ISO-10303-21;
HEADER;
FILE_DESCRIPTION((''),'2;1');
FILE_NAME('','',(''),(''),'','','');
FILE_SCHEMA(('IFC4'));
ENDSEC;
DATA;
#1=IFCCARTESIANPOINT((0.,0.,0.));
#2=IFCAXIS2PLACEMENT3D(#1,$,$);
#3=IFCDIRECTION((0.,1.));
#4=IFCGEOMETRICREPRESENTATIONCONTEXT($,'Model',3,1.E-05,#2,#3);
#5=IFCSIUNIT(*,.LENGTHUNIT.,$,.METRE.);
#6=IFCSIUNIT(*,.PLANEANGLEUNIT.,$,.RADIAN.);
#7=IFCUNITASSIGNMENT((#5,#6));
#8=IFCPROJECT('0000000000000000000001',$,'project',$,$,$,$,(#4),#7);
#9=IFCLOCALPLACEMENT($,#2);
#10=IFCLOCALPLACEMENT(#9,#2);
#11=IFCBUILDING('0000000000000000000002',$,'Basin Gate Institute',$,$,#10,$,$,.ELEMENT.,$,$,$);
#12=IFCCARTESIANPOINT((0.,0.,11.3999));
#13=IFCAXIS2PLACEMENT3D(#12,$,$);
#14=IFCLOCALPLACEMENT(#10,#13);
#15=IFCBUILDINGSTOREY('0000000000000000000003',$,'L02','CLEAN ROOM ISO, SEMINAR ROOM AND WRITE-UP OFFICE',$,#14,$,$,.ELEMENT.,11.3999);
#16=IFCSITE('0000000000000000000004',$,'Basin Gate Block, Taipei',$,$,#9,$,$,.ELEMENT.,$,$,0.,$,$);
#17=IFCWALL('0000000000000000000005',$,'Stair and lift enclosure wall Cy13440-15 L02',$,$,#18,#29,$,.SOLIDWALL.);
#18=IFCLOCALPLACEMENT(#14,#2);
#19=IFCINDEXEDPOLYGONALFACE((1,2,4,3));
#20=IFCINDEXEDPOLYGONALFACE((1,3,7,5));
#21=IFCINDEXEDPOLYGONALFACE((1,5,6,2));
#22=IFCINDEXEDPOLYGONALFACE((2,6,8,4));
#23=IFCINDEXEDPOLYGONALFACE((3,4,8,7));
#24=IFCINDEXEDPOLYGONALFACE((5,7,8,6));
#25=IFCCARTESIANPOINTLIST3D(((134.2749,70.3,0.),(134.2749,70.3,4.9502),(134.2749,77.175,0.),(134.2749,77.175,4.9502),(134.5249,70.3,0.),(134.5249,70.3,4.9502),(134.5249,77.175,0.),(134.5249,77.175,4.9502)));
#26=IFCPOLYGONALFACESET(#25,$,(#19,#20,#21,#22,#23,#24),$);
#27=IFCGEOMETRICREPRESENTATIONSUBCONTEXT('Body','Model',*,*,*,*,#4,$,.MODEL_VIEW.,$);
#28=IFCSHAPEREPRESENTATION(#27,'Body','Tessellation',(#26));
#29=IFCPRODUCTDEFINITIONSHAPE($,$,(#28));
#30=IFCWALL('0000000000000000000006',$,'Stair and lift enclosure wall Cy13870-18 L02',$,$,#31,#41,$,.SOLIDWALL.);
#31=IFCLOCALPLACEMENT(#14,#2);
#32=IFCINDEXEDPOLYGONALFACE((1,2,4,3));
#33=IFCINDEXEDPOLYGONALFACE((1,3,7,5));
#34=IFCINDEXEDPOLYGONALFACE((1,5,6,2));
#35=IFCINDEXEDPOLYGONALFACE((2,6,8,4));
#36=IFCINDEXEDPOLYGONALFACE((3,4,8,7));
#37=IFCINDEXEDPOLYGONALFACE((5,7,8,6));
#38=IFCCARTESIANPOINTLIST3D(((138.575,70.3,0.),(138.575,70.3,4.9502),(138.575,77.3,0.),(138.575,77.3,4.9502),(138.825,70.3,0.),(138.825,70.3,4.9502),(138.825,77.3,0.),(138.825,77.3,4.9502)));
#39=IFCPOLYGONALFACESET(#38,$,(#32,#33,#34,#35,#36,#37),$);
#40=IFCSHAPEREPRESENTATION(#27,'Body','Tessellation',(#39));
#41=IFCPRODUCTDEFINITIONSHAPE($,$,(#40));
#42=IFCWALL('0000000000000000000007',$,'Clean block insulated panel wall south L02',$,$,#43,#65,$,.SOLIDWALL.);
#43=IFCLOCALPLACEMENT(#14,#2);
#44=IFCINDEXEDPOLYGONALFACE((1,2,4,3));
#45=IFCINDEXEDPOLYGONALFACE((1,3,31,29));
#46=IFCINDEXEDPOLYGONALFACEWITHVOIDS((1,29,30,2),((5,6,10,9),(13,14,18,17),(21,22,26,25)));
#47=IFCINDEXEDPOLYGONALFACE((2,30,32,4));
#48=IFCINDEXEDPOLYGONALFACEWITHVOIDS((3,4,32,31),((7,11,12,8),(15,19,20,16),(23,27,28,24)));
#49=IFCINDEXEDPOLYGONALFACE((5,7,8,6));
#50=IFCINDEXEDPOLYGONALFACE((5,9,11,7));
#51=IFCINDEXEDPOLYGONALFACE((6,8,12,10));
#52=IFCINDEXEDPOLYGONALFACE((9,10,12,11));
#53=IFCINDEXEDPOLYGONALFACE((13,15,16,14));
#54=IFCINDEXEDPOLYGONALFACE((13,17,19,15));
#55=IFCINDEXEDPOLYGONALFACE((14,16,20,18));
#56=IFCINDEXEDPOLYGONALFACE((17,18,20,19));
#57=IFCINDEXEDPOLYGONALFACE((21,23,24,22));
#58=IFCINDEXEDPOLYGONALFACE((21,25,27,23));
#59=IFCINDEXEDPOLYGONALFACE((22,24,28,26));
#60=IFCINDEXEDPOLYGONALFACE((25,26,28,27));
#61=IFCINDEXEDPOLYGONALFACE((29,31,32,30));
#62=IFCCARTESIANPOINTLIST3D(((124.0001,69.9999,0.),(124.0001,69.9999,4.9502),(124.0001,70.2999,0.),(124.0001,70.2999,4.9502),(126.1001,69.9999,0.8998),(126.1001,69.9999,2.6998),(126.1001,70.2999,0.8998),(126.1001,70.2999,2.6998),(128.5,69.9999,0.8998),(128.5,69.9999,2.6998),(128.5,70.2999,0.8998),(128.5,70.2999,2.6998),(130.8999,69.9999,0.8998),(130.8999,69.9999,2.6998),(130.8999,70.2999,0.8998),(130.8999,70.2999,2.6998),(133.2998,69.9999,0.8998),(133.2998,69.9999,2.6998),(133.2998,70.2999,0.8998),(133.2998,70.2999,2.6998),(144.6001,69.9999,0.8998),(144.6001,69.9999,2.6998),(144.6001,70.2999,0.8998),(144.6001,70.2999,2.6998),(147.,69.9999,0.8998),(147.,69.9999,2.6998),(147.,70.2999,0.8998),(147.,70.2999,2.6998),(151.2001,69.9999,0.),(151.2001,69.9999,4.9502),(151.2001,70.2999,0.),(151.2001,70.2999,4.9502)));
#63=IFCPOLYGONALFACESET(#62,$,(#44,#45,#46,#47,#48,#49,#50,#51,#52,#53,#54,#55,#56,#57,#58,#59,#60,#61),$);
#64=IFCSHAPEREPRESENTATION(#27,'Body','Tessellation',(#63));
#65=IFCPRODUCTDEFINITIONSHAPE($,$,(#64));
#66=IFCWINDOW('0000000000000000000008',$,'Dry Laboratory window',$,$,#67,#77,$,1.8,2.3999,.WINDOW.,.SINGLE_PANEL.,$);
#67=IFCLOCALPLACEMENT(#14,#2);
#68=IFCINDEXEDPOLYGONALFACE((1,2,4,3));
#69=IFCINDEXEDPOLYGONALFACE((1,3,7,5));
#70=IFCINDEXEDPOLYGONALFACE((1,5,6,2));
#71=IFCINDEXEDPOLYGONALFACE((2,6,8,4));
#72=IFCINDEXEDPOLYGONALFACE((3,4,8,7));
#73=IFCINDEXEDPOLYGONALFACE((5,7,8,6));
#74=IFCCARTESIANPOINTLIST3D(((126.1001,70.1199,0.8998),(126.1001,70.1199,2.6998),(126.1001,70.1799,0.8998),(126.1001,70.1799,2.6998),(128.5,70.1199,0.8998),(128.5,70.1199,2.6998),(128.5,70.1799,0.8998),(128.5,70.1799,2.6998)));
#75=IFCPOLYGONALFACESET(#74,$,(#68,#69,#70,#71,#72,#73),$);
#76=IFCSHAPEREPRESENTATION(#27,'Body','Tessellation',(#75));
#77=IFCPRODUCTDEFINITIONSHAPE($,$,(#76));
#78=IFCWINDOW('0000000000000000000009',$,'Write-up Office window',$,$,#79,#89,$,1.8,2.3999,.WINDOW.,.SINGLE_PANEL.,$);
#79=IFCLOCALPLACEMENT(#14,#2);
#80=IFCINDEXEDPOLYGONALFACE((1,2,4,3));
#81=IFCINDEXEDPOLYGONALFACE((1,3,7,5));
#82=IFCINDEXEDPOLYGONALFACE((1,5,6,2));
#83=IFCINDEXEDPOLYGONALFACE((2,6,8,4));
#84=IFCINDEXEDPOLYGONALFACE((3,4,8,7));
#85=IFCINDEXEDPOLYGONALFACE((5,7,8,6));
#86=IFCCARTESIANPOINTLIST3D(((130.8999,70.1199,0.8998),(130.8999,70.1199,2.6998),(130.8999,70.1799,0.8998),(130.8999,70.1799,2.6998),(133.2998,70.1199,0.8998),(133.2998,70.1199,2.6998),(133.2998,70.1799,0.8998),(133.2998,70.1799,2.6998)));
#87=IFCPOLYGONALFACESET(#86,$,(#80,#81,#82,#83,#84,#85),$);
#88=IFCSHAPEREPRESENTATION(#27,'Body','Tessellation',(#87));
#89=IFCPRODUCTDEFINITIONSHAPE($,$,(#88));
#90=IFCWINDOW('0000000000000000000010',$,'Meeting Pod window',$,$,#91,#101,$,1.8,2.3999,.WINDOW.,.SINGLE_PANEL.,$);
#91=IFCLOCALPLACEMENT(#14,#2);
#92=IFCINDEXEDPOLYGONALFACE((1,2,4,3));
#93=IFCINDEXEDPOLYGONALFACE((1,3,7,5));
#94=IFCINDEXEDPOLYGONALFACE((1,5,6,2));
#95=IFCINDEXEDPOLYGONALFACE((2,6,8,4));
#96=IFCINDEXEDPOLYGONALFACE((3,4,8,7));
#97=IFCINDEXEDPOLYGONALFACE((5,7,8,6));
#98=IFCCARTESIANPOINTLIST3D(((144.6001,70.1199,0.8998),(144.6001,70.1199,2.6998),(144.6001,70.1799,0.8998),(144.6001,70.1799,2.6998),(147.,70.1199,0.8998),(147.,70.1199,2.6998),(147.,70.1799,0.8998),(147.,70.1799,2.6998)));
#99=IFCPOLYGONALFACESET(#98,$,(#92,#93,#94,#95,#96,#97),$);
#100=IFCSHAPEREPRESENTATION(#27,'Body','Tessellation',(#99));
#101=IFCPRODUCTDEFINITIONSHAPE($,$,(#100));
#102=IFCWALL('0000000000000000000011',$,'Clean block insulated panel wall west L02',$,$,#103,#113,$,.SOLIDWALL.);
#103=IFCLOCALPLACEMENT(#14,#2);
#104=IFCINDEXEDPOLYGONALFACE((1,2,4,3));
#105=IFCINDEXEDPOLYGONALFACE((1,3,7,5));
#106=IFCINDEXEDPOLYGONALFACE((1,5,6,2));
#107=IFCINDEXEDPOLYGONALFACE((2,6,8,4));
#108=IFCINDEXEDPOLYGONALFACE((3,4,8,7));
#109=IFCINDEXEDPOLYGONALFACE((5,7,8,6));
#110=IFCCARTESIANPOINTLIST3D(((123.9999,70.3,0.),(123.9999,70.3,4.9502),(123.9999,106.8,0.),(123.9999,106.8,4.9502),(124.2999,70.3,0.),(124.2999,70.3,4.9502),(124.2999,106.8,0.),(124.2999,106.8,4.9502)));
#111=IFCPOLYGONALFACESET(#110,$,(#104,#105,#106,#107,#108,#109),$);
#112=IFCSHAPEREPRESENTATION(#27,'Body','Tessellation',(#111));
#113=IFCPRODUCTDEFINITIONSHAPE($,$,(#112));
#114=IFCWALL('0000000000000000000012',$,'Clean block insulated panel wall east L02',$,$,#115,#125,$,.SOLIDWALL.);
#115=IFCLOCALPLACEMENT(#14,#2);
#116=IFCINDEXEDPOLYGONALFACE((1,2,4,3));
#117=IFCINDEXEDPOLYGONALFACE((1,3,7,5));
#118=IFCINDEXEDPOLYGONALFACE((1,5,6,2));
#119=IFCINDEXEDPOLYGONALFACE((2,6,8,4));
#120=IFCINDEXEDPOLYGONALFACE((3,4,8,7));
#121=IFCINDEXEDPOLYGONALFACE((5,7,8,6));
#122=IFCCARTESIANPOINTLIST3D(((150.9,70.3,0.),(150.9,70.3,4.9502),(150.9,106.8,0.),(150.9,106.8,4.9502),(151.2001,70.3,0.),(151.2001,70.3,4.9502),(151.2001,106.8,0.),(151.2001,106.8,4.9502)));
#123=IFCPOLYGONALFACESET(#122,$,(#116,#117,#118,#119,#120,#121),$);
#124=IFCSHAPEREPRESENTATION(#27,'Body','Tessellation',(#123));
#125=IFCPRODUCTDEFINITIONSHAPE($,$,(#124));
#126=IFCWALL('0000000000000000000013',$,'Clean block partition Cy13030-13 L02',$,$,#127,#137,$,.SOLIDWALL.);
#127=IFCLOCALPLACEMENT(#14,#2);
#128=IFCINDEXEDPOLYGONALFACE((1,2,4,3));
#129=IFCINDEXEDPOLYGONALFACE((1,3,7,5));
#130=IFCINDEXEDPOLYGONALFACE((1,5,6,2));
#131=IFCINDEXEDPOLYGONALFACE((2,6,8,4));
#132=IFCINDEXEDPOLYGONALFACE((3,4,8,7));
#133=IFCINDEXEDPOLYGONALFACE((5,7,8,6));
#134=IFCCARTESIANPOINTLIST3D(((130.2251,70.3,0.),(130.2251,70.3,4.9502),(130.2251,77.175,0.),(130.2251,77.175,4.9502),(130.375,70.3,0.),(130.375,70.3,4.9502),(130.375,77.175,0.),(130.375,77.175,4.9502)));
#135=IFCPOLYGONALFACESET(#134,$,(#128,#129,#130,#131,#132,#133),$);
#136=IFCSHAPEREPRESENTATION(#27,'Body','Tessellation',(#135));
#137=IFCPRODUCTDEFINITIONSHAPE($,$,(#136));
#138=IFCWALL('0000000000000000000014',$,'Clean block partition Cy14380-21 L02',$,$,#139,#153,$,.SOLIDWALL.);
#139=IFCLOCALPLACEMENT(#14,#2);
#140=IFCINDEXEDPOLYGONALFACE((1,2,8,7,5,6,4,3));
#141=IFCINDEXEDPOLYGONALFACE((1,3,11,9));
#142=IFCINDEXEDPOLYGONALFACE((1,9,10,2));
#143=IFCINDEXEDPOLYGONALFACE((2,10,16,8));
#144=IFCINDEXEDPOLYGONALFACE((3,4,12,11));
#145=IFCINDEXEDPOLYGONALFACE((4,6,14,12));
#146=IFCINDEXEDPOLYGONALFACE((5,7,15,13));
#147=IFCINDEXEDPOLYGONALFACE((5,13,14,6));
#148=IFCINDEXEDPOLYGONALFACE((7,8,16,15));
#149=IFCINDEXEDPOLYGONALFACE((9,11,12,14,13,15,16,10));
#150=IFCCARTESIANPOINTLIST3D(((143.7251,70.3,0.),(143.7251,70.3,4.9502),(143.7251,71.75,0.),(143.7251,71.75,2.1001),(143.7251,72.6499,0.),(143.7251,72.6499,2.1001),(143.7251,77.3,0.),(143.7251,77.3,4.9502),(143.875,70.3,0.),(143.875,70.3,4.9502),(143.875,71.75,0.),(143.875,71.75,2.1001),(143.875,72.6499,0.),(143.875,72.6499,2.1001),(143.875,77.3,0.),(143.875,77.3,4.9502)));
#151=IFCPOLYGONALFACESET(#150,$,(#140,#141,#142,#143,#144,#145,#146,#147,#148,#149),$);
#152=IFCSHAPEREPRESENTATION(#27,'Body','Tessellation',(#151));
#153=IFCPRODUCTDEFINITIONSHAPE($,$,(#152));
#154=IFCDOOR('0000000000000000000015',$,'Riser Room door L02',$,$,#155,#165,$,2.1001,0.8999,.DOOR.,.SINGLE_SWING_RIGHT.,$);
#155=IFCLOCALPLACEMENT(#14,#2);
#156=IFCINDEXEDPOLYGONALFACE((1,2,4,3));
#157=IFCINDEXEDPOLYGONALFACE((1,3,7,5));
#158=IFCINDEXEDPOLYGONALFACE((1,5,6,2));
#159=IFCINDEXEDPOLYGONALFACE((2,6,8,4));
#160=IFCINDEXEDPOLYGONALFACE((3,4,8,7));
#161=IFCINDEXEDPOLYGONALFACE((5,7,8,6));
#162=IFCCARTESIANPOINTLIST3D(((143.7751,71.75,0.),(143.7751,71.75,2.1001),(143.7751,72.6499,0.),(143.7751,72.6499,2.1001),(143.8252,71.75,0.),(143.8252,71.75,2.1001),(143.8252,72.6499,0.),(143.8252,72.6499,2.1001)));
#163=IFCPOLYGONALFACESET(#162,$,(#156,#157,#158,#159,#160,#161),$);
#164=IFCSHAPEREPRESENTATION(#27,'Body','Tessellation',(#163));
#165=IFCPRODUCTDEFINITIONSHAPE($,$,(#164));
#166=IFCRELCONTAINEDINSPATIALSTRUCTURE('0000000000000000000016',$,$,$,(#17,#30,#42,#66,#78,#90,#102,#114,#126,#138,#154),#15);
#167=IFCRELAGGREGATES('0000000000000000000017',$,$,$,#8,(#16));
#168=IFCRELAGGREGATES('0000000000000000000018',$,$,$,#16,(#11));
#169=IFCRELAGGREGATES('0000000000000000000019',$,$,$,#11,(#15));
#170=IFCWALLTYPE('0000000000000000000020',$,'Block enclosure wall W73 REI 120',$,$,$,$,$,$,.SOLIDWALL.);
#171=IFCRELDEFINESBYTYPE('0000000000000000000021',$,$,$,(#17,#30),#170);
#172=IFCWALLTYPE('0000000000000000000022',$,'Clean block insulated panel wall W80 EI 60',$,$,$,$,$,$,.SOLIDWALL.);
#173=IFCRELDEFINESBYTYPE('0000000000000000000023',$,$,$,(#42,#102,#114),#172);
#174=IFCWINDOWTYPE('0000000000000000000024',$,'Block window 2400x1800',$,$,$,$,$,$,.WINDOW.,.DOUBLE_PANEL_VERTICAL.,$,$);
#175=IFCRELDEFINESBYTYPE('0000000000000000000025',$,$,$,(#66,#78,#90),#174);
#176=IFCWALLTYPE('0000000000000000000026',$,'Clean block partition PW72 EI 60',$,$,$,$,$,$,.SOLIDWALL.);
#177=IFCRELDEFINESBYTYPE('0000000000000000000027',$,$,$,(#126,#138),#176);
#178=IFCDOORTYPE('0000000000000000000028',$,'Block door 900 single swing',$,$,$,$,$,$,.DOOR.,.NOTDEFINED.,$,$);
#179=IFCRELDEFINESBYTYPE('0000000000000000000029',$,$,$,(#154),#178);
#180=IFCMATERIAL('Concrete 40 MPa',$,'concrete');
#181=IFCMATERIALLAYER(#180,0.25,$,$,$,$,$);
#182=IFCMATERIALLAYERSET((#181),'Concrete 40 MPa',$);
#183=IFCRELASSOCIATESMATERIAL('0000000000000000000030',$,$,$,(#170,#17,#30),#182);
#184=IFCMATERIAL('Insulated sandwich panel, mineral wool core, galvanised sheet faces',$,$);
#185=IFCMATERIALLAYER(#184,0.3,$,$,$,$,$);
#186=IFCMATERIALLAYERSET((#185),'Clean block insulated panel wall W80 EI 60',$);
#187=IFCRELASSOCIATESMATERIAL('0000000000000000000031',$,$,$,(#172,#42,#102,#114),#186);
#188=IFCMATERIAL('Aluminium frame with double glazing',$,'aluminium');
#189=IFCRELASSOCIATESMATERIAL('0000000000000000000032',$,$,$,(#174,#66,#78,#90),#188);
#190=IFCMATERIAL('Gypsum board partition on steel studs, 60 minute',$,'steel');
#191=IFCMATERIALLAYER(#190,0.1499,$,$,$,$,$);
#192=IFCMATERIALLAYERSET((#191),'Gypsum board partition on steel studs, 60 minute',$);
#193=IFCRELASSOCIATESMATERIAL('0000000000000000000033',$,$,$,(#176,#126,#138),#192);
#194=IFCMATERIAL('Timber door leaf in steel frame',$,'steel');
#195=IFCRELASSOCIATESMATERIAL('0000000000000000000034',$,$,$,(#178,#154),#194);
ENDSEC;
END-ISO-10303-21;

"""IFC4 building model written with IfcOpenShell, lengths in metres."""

from ifc_helpers import new_model, si_unit, direction, frame, frame_2d, origin, place, context, subcontext, project, spatial, rectangle, extrude, material, layer, layer_set, type_object, element, fill, save


model = new_model("IFC4")

# Units and contexts
model_context = context("Model", 3, precision=1e-05, world=origin(), true_north=direction((0.0, 1.0)))
body_context = subcontext(model_context, "Body", "Model", "MODEL_VIEW")
ifc_project = project(units=[si_unit("LENGTHUNIT", "METRE"), si_unit("PLANEANGLEUNIT", "RADIAN")], contexts=[model_context])

# Site, building, storey
site_placement = place(None, origin())
site = spatial("IfcSite", under=ifc_project, at=site_placement, Name="Basin Gate Block, Taipei", CompositionType="ELEMENT", RefElevation=0.0)
building_placement = place(site_placement, origin())
building = spatial("IfcBuilding", under=site, at=building_placement, Name="Basin Gate Institute", CompositionType="ELEMENT")
storey_placement = place(building_placement, frame((0.0, 0.0, 11.3999)))
storey = spatial("IfcBuildingStorey", under=building, at=storey_placement, Name="L02", Description="CLEAN ROOM ISO, SEMINAR ROOM AND WRITE-UP OFFICE", CompositionType="ELEMENT", Elevation=11.3999)

# Walls
ifc_material_1 = material(Name="Concrete 40 MPa", Category="concrete")
ifc_layer_1 = layer(ifc_material_1, 0.25)
ifc_layer_set_1 = layer_set([ifc_layer_1], Name="Concrete 40 MPa")
wall_type_1 = type_object("IfcWallType", Name="Block enclosure wall W73 REI 120", PredefinedType="SOLIDWALL", material=ifc_layer_set_1)
wall_1_placement = place(storey_placement, frame((134.3999, 70.3, 0.0), z_axis=(0.0, 0.0, 1.0), x_axis=(0.0, 1.0, 0.0)))
element("IfcWall", 1, at=wall_1_placement, inside=storey, type_object=wall_type_1, material=ifc_layer_set_1, Name="Stair and lift enclosure wall Cy13440-15 L02", PredefinedType="SOLIDWALL", context=body_context, shape_type="SweptSolid", body=[
    extrude(rectangle(XDim=6.875, YDim=0.25, at=frame_2d((3.4375, 0.0))), origin(), (0.0, 0.0, 1.0), 4.9502),
])
wall_2_placement = place(storey_placement, frame((138.7, 70.3, 0.0), z_axis=(0.0, 0.0, 1.0), x_axis=(0.0, 1.0, 0.0)))
element("IfcWall", 2, at=wall_2_placement, inside=storey, type_object=wall_type_1, material=ifc_layer_set_1, Name="Stair and lift enclosure wall Cy13870-18 L02", PredefinedType="SOLIDWALL", context=body_context, shape_type="SweptSolid", body=[
    extrude(rectangle(XDim=7.0, YDim=0.25, at=frame_2d((3.5, 0.0))), origin(), (0.0, 0.0, 1.0), 4.9502),
])

# Wall, openings, windows
ifc_material_2 = material(Name="Insulated sandwich panel, mineral wool core, galvanised sheet faces")
ifc_layer_2 = layer(ifc_material_2, 0.3)
ifc_layer_set_2 = layer_set([ifc_layer_2], Name="Clean block insulated panel wall W80 EI 60")
wall_type_2 = type_object("IfcWallType", Name="Clean block insulated panel wall W80 EI 60", PredefinedType="SOLIDWALL", material=ifc_layer_set_2)
wall_3_placement = place(storey_placement, frame((124.0, 70.1499, 0.0), z_axis=(0.0, 0.0, 1.0), x_axis=(1.0, 0.0, 0.0)))
wall_3 = element("IfcWall", 3, at=wall_3_placement, inside=storey, type_object=wall_type_2, material=ifc_layer_set_2, Name="Clean block insulated panel wall south L02", PredefinedType="SOLIDWALL", context=body_context, shape_type="SweptSolid", body=[
    extrude(rectangle(XDim=27.2, YDim=0.3, at=frame_2d((13.6001, 0.0))), origin(), (0.0, 0.0, 1.0), 4.9502),
])
opening_1_placement = place(wall_3_placement, frame((2.1001, 0.0, 0.8999)))
opening_1 = element("IfcOpeningElement", 4, at=opening_1_placement, cuts=wall_3, PredefinedType="OPENING", context=body_context, shape_type="SweptSolid", body=[
    extrude(rectangle(XDim=2.3999, YDim=1.8, at=frame_2d((1.2, 0.8999))), frame((0.0, 0.1602, 0.0), z_axis=(0.0, -1.0, 0.0), x_axis=(1.0, 0.0, 0.0)), (0.0, 0.0, 1.0), 0.3201),
])
opening_2_placement = place(wall_3_placement, frame((6.8999, 0.0, 0.8999)))
opening_2 = element("IfcOpeningElement", 5, at=opening_2_placement, cuts=wall_3, PredefinedType="OPENING", context=body_context, shape_type="SweptSolid", body=[
    extrude(rectangle(XDim=2.3999, YDim=1.8, at=frame_2d((1.2, 0.8999))), frame((0.0, 0.1602, 0.0), z_axis=(0.0, -1.0, 0.0), x_axis=(1.0, 0.0, 0.0)), (0.0, 0.0, 1.0), 0.3201),
])
opening_3_placement = place(wall_3_placement, frame((20.6001, 0.0, 0.8999)))
opening_3 = element("IfcOpeningElement", 6, at=opening_3_placement, cuts=wall_3, PredefinedType="OPENING", context=body_context, shape_type="SweptSolid", body=[
    extrude(rectangle(XDim=2.3999, YDim=1.8, at=frame_2d((1.2, 0.8999))), frame((0.0, 0.1602, 0.0), z_axis=(0.0, -1.0, 0.0), x_axis=(1.0, 0.0, 0.0)), (0.0, 0.0, 1.0), 0.3201),
])
ifc_material_3 = material(Name="Aluminium frame with double glazing", Category="aluminium")
window_type = type_object("IfcWindowType", Name="Block window 2400x1800", PartitioningType="DOUBLE_PANEL_VERTICAL", PredefinedType="WINDOW", material=ifc_material_3)
window_1_placement = place(opening_1_placement, origin())
window_1 = element("IfcWindow", 7, at=window_1_placement, inside=storey, type_object=window_type, material=ifc_material_3, Name="Dry Laboratory window", OverallHeight=1.8, OverallWidth=2.3999, PartitioningType="SINGLE_PANEL", PredefinedType="WINDOW", context=body_context, shape_type="SweptSolid", body=[
    extrude(rectangle(XDim=2.3999, YDim=1.8, at=frame_2d((1.2, 0.8999))), frame((0.0, 0.03, 0.0), z_axis=(0.0, -1.0, 0.0), x_axis=(1.0, 0.0, 0.0)), (0.0, 0.0, 1.0), 0.0601),
])
fill(opening_1, window_1)
window_2_placement = place(opening_2_placement, origin())
window_2 = element("IfcWindow", 8, at=window_2_placement, inside=storey, type_object=window_type, material=ifc_material_3, Name="Write-up Office window", OverallHeight=1.8, OverallWidth=2.3999, PartitioningType="SINGLE_PANEL", PredefinedType="WINDOW", context=body_context, shape_type="SweptSolid", body=[
    extrude(rectangle(XDim=2.3999, YDim=1.8, at=frame_2d((1.2, 0.8999))), frame((0.0, 0.03, 0.0), z_axis=(0.0, -1.0, 0.0), x_axis=(1.0, 0.0, 0.0)), (0.0, 0.0, 1.0), 0.0601),
])
fill(opening_2, window_2)
window_3_placement = place(opening_3_placement, origin())
window_3 = element("IfcWindow", 9, at=window_3_placement, inside=storey, type_object=window_type, material=ifc_material_3, Name="Meeting Pod window", OverallHeight=1.8, OverallWidth=2.3999, PartitioningType="SINGLE_PANEL", PredefinedType="WINDOW", context=body_context, shape_type="SweptSolid", body=[
    extrude(rectangle(XDim=2.3999, YDim=1.8, at=frame_2d((1.2, 0.8999))), frame((0.0, 0.03, 0.0), z_axis=(0.0, -1.0, 0.0), x_axis=(1.0, 0.0, 0.0)), (0.0, 0.0, 1.0), 0.0601),
])
fill(opening_3, window_3)

# Walls
for number, where, z_axis, x_axis, name in (
    (10, (124.1499, 70.3, 0.0), (0.0, 0.0, 1.0), (0.0, 1.0, 0.0), "Clean block insulated panel wall west L02"),
    (11, (151.05, 70.3, 0.0), (0.0, 0.0, 1.0), (0.0, 1.0, 0.0), "Clean block insulated panel wall east L02"),
):
    element("IfcWall", number, at=place(storey_placement, frame(where, z_axis=z_axis, x_axis=x_axis)), inside=storey, type_object=wall_type_2, material=ifc_layer_set_2, Name=name, PredefinedType="SOLIDWALL", context=body_context, shape_type="SweptSolid", body=[
        extrude(rectangle(XDim=36.5, YDim=0.3, at=frame_2d((18.25, 0.0))), origin(), (0.0, 0.0, 1.0), 4.9502),
    ])
ifc_material_4 = material(Name="Gypsum board partition on steel studs, 60 minute", Category="steel")
ifc_layer_3 = layer(ifc_material_4, 0.1499)
ifc_layer_set_3 = layer_set([ifc_layer_3], Name="Gypsum board partition on steel studs, 60 minute")
wall_type_3 = type_object("IfcWallType", Name="Clean block partition PW72 EI 60", PredefinedType="SOLIDWALL", material=ifc_layer_set_3)
wall_4_placement = place(storey_placement, frame((130.3, 70.3, 0.0), z_axis=(0.0, 0.0, 1.0), x_axis=(0.0, 1.0, 0.0)))
element("IfcWall", 12, at=wall_4_placement, inside=storey, type_object=wall_type_3, material=ifc_layer_set_3, Name="Clean block partition Cy13030-13 L02", PredefinedType="SOLIDWALL", context=body_context, shape_type="SweptSolid", body=[
    extrude(rectangle(XDim=6.875, YDim=0.1499, at=frame_2d((3.4375, 0.0))), origin(), (0.0, 0.0, 1.0), 4.9502),
])

# Wall, opening, door
wall_5_placement = place(storey_placement, frame((143.8, 70.3, 0.0), z_axis=(0.0, 0.0, 1.0), x_axis=(0.0, 1.0, 0.0)))
wall_5 = element("IfcWall", 13, at=wall_5_placement, inside=storey, type_object=wall_type_3, material=ifc_layer_set_3, Name="Clean block partition Cy14380-21 L02", PredefinedType="SOLIDWALL", context=body_context, shape_type="SweptSolid", body=[
    extrude(rectangle(XDim=7.0, YDim=0.1499, at=frame_2d((3.5, 0.0))), origin(), (0.0, 0.0, 1.0), 4.9502),
])
opening_4_placement = place(wall_5_placement, frame((1.45, 0.0, 0.0)))
opening_4 = element("IfcOpeningElement", 14, at=opening_4_placement, cuts=wall_5, PredefinedType="OPENING", context=body_context, shape_type="SweptSolid", body=[
    extrude(rectangle(XDim=0.8999, YDim=2.1001, at=frame_2d((0.45, 1.05))), frame((0.0, 0.085, 0.0), z_axis=(0.0, -1.0, 0.0), x_axis=(1.0, 0.0, 0.0)), (0.0, 0.0, 1.0), 0.1699),
])
ifc_material_5 = material(Name="Timber door leaf in steel frame", Category="steel")
door_type = type_object("IfcDoorType", Name="Block door 900 single swing", OperationType="NOTDEFINED", PredefinedType="DOOR", material=ifc_material_5)
door_placement = place(opening_4_placement, origin())
door = element("IfcDoor", 15, at=door_placement, inside=storey, type_object=door_type, material=ifc_material_5, Name="Riser Room door L02", OperationType="SINGLE_SWING_RIGHT", OverallHeight=2.1001, OverallWidth=0.8999, PredefinedType="DOOR", context=body_context, shape_type="SweptSolid", body=[
    extrude(rectangle(XDim=0.8999, YDim=2.1001, at=frame_2d((0.45, 1.05))), frame((0.0, 0.0249, 0.0), z_axis=(0.0, -1.0, 0.0), x_axis=(1.0, 0.0, 0.0)), (0.0, 0.0, 1.0), 0.05),
])
fill(opening_4, door)

save(model, "model.ifc")
